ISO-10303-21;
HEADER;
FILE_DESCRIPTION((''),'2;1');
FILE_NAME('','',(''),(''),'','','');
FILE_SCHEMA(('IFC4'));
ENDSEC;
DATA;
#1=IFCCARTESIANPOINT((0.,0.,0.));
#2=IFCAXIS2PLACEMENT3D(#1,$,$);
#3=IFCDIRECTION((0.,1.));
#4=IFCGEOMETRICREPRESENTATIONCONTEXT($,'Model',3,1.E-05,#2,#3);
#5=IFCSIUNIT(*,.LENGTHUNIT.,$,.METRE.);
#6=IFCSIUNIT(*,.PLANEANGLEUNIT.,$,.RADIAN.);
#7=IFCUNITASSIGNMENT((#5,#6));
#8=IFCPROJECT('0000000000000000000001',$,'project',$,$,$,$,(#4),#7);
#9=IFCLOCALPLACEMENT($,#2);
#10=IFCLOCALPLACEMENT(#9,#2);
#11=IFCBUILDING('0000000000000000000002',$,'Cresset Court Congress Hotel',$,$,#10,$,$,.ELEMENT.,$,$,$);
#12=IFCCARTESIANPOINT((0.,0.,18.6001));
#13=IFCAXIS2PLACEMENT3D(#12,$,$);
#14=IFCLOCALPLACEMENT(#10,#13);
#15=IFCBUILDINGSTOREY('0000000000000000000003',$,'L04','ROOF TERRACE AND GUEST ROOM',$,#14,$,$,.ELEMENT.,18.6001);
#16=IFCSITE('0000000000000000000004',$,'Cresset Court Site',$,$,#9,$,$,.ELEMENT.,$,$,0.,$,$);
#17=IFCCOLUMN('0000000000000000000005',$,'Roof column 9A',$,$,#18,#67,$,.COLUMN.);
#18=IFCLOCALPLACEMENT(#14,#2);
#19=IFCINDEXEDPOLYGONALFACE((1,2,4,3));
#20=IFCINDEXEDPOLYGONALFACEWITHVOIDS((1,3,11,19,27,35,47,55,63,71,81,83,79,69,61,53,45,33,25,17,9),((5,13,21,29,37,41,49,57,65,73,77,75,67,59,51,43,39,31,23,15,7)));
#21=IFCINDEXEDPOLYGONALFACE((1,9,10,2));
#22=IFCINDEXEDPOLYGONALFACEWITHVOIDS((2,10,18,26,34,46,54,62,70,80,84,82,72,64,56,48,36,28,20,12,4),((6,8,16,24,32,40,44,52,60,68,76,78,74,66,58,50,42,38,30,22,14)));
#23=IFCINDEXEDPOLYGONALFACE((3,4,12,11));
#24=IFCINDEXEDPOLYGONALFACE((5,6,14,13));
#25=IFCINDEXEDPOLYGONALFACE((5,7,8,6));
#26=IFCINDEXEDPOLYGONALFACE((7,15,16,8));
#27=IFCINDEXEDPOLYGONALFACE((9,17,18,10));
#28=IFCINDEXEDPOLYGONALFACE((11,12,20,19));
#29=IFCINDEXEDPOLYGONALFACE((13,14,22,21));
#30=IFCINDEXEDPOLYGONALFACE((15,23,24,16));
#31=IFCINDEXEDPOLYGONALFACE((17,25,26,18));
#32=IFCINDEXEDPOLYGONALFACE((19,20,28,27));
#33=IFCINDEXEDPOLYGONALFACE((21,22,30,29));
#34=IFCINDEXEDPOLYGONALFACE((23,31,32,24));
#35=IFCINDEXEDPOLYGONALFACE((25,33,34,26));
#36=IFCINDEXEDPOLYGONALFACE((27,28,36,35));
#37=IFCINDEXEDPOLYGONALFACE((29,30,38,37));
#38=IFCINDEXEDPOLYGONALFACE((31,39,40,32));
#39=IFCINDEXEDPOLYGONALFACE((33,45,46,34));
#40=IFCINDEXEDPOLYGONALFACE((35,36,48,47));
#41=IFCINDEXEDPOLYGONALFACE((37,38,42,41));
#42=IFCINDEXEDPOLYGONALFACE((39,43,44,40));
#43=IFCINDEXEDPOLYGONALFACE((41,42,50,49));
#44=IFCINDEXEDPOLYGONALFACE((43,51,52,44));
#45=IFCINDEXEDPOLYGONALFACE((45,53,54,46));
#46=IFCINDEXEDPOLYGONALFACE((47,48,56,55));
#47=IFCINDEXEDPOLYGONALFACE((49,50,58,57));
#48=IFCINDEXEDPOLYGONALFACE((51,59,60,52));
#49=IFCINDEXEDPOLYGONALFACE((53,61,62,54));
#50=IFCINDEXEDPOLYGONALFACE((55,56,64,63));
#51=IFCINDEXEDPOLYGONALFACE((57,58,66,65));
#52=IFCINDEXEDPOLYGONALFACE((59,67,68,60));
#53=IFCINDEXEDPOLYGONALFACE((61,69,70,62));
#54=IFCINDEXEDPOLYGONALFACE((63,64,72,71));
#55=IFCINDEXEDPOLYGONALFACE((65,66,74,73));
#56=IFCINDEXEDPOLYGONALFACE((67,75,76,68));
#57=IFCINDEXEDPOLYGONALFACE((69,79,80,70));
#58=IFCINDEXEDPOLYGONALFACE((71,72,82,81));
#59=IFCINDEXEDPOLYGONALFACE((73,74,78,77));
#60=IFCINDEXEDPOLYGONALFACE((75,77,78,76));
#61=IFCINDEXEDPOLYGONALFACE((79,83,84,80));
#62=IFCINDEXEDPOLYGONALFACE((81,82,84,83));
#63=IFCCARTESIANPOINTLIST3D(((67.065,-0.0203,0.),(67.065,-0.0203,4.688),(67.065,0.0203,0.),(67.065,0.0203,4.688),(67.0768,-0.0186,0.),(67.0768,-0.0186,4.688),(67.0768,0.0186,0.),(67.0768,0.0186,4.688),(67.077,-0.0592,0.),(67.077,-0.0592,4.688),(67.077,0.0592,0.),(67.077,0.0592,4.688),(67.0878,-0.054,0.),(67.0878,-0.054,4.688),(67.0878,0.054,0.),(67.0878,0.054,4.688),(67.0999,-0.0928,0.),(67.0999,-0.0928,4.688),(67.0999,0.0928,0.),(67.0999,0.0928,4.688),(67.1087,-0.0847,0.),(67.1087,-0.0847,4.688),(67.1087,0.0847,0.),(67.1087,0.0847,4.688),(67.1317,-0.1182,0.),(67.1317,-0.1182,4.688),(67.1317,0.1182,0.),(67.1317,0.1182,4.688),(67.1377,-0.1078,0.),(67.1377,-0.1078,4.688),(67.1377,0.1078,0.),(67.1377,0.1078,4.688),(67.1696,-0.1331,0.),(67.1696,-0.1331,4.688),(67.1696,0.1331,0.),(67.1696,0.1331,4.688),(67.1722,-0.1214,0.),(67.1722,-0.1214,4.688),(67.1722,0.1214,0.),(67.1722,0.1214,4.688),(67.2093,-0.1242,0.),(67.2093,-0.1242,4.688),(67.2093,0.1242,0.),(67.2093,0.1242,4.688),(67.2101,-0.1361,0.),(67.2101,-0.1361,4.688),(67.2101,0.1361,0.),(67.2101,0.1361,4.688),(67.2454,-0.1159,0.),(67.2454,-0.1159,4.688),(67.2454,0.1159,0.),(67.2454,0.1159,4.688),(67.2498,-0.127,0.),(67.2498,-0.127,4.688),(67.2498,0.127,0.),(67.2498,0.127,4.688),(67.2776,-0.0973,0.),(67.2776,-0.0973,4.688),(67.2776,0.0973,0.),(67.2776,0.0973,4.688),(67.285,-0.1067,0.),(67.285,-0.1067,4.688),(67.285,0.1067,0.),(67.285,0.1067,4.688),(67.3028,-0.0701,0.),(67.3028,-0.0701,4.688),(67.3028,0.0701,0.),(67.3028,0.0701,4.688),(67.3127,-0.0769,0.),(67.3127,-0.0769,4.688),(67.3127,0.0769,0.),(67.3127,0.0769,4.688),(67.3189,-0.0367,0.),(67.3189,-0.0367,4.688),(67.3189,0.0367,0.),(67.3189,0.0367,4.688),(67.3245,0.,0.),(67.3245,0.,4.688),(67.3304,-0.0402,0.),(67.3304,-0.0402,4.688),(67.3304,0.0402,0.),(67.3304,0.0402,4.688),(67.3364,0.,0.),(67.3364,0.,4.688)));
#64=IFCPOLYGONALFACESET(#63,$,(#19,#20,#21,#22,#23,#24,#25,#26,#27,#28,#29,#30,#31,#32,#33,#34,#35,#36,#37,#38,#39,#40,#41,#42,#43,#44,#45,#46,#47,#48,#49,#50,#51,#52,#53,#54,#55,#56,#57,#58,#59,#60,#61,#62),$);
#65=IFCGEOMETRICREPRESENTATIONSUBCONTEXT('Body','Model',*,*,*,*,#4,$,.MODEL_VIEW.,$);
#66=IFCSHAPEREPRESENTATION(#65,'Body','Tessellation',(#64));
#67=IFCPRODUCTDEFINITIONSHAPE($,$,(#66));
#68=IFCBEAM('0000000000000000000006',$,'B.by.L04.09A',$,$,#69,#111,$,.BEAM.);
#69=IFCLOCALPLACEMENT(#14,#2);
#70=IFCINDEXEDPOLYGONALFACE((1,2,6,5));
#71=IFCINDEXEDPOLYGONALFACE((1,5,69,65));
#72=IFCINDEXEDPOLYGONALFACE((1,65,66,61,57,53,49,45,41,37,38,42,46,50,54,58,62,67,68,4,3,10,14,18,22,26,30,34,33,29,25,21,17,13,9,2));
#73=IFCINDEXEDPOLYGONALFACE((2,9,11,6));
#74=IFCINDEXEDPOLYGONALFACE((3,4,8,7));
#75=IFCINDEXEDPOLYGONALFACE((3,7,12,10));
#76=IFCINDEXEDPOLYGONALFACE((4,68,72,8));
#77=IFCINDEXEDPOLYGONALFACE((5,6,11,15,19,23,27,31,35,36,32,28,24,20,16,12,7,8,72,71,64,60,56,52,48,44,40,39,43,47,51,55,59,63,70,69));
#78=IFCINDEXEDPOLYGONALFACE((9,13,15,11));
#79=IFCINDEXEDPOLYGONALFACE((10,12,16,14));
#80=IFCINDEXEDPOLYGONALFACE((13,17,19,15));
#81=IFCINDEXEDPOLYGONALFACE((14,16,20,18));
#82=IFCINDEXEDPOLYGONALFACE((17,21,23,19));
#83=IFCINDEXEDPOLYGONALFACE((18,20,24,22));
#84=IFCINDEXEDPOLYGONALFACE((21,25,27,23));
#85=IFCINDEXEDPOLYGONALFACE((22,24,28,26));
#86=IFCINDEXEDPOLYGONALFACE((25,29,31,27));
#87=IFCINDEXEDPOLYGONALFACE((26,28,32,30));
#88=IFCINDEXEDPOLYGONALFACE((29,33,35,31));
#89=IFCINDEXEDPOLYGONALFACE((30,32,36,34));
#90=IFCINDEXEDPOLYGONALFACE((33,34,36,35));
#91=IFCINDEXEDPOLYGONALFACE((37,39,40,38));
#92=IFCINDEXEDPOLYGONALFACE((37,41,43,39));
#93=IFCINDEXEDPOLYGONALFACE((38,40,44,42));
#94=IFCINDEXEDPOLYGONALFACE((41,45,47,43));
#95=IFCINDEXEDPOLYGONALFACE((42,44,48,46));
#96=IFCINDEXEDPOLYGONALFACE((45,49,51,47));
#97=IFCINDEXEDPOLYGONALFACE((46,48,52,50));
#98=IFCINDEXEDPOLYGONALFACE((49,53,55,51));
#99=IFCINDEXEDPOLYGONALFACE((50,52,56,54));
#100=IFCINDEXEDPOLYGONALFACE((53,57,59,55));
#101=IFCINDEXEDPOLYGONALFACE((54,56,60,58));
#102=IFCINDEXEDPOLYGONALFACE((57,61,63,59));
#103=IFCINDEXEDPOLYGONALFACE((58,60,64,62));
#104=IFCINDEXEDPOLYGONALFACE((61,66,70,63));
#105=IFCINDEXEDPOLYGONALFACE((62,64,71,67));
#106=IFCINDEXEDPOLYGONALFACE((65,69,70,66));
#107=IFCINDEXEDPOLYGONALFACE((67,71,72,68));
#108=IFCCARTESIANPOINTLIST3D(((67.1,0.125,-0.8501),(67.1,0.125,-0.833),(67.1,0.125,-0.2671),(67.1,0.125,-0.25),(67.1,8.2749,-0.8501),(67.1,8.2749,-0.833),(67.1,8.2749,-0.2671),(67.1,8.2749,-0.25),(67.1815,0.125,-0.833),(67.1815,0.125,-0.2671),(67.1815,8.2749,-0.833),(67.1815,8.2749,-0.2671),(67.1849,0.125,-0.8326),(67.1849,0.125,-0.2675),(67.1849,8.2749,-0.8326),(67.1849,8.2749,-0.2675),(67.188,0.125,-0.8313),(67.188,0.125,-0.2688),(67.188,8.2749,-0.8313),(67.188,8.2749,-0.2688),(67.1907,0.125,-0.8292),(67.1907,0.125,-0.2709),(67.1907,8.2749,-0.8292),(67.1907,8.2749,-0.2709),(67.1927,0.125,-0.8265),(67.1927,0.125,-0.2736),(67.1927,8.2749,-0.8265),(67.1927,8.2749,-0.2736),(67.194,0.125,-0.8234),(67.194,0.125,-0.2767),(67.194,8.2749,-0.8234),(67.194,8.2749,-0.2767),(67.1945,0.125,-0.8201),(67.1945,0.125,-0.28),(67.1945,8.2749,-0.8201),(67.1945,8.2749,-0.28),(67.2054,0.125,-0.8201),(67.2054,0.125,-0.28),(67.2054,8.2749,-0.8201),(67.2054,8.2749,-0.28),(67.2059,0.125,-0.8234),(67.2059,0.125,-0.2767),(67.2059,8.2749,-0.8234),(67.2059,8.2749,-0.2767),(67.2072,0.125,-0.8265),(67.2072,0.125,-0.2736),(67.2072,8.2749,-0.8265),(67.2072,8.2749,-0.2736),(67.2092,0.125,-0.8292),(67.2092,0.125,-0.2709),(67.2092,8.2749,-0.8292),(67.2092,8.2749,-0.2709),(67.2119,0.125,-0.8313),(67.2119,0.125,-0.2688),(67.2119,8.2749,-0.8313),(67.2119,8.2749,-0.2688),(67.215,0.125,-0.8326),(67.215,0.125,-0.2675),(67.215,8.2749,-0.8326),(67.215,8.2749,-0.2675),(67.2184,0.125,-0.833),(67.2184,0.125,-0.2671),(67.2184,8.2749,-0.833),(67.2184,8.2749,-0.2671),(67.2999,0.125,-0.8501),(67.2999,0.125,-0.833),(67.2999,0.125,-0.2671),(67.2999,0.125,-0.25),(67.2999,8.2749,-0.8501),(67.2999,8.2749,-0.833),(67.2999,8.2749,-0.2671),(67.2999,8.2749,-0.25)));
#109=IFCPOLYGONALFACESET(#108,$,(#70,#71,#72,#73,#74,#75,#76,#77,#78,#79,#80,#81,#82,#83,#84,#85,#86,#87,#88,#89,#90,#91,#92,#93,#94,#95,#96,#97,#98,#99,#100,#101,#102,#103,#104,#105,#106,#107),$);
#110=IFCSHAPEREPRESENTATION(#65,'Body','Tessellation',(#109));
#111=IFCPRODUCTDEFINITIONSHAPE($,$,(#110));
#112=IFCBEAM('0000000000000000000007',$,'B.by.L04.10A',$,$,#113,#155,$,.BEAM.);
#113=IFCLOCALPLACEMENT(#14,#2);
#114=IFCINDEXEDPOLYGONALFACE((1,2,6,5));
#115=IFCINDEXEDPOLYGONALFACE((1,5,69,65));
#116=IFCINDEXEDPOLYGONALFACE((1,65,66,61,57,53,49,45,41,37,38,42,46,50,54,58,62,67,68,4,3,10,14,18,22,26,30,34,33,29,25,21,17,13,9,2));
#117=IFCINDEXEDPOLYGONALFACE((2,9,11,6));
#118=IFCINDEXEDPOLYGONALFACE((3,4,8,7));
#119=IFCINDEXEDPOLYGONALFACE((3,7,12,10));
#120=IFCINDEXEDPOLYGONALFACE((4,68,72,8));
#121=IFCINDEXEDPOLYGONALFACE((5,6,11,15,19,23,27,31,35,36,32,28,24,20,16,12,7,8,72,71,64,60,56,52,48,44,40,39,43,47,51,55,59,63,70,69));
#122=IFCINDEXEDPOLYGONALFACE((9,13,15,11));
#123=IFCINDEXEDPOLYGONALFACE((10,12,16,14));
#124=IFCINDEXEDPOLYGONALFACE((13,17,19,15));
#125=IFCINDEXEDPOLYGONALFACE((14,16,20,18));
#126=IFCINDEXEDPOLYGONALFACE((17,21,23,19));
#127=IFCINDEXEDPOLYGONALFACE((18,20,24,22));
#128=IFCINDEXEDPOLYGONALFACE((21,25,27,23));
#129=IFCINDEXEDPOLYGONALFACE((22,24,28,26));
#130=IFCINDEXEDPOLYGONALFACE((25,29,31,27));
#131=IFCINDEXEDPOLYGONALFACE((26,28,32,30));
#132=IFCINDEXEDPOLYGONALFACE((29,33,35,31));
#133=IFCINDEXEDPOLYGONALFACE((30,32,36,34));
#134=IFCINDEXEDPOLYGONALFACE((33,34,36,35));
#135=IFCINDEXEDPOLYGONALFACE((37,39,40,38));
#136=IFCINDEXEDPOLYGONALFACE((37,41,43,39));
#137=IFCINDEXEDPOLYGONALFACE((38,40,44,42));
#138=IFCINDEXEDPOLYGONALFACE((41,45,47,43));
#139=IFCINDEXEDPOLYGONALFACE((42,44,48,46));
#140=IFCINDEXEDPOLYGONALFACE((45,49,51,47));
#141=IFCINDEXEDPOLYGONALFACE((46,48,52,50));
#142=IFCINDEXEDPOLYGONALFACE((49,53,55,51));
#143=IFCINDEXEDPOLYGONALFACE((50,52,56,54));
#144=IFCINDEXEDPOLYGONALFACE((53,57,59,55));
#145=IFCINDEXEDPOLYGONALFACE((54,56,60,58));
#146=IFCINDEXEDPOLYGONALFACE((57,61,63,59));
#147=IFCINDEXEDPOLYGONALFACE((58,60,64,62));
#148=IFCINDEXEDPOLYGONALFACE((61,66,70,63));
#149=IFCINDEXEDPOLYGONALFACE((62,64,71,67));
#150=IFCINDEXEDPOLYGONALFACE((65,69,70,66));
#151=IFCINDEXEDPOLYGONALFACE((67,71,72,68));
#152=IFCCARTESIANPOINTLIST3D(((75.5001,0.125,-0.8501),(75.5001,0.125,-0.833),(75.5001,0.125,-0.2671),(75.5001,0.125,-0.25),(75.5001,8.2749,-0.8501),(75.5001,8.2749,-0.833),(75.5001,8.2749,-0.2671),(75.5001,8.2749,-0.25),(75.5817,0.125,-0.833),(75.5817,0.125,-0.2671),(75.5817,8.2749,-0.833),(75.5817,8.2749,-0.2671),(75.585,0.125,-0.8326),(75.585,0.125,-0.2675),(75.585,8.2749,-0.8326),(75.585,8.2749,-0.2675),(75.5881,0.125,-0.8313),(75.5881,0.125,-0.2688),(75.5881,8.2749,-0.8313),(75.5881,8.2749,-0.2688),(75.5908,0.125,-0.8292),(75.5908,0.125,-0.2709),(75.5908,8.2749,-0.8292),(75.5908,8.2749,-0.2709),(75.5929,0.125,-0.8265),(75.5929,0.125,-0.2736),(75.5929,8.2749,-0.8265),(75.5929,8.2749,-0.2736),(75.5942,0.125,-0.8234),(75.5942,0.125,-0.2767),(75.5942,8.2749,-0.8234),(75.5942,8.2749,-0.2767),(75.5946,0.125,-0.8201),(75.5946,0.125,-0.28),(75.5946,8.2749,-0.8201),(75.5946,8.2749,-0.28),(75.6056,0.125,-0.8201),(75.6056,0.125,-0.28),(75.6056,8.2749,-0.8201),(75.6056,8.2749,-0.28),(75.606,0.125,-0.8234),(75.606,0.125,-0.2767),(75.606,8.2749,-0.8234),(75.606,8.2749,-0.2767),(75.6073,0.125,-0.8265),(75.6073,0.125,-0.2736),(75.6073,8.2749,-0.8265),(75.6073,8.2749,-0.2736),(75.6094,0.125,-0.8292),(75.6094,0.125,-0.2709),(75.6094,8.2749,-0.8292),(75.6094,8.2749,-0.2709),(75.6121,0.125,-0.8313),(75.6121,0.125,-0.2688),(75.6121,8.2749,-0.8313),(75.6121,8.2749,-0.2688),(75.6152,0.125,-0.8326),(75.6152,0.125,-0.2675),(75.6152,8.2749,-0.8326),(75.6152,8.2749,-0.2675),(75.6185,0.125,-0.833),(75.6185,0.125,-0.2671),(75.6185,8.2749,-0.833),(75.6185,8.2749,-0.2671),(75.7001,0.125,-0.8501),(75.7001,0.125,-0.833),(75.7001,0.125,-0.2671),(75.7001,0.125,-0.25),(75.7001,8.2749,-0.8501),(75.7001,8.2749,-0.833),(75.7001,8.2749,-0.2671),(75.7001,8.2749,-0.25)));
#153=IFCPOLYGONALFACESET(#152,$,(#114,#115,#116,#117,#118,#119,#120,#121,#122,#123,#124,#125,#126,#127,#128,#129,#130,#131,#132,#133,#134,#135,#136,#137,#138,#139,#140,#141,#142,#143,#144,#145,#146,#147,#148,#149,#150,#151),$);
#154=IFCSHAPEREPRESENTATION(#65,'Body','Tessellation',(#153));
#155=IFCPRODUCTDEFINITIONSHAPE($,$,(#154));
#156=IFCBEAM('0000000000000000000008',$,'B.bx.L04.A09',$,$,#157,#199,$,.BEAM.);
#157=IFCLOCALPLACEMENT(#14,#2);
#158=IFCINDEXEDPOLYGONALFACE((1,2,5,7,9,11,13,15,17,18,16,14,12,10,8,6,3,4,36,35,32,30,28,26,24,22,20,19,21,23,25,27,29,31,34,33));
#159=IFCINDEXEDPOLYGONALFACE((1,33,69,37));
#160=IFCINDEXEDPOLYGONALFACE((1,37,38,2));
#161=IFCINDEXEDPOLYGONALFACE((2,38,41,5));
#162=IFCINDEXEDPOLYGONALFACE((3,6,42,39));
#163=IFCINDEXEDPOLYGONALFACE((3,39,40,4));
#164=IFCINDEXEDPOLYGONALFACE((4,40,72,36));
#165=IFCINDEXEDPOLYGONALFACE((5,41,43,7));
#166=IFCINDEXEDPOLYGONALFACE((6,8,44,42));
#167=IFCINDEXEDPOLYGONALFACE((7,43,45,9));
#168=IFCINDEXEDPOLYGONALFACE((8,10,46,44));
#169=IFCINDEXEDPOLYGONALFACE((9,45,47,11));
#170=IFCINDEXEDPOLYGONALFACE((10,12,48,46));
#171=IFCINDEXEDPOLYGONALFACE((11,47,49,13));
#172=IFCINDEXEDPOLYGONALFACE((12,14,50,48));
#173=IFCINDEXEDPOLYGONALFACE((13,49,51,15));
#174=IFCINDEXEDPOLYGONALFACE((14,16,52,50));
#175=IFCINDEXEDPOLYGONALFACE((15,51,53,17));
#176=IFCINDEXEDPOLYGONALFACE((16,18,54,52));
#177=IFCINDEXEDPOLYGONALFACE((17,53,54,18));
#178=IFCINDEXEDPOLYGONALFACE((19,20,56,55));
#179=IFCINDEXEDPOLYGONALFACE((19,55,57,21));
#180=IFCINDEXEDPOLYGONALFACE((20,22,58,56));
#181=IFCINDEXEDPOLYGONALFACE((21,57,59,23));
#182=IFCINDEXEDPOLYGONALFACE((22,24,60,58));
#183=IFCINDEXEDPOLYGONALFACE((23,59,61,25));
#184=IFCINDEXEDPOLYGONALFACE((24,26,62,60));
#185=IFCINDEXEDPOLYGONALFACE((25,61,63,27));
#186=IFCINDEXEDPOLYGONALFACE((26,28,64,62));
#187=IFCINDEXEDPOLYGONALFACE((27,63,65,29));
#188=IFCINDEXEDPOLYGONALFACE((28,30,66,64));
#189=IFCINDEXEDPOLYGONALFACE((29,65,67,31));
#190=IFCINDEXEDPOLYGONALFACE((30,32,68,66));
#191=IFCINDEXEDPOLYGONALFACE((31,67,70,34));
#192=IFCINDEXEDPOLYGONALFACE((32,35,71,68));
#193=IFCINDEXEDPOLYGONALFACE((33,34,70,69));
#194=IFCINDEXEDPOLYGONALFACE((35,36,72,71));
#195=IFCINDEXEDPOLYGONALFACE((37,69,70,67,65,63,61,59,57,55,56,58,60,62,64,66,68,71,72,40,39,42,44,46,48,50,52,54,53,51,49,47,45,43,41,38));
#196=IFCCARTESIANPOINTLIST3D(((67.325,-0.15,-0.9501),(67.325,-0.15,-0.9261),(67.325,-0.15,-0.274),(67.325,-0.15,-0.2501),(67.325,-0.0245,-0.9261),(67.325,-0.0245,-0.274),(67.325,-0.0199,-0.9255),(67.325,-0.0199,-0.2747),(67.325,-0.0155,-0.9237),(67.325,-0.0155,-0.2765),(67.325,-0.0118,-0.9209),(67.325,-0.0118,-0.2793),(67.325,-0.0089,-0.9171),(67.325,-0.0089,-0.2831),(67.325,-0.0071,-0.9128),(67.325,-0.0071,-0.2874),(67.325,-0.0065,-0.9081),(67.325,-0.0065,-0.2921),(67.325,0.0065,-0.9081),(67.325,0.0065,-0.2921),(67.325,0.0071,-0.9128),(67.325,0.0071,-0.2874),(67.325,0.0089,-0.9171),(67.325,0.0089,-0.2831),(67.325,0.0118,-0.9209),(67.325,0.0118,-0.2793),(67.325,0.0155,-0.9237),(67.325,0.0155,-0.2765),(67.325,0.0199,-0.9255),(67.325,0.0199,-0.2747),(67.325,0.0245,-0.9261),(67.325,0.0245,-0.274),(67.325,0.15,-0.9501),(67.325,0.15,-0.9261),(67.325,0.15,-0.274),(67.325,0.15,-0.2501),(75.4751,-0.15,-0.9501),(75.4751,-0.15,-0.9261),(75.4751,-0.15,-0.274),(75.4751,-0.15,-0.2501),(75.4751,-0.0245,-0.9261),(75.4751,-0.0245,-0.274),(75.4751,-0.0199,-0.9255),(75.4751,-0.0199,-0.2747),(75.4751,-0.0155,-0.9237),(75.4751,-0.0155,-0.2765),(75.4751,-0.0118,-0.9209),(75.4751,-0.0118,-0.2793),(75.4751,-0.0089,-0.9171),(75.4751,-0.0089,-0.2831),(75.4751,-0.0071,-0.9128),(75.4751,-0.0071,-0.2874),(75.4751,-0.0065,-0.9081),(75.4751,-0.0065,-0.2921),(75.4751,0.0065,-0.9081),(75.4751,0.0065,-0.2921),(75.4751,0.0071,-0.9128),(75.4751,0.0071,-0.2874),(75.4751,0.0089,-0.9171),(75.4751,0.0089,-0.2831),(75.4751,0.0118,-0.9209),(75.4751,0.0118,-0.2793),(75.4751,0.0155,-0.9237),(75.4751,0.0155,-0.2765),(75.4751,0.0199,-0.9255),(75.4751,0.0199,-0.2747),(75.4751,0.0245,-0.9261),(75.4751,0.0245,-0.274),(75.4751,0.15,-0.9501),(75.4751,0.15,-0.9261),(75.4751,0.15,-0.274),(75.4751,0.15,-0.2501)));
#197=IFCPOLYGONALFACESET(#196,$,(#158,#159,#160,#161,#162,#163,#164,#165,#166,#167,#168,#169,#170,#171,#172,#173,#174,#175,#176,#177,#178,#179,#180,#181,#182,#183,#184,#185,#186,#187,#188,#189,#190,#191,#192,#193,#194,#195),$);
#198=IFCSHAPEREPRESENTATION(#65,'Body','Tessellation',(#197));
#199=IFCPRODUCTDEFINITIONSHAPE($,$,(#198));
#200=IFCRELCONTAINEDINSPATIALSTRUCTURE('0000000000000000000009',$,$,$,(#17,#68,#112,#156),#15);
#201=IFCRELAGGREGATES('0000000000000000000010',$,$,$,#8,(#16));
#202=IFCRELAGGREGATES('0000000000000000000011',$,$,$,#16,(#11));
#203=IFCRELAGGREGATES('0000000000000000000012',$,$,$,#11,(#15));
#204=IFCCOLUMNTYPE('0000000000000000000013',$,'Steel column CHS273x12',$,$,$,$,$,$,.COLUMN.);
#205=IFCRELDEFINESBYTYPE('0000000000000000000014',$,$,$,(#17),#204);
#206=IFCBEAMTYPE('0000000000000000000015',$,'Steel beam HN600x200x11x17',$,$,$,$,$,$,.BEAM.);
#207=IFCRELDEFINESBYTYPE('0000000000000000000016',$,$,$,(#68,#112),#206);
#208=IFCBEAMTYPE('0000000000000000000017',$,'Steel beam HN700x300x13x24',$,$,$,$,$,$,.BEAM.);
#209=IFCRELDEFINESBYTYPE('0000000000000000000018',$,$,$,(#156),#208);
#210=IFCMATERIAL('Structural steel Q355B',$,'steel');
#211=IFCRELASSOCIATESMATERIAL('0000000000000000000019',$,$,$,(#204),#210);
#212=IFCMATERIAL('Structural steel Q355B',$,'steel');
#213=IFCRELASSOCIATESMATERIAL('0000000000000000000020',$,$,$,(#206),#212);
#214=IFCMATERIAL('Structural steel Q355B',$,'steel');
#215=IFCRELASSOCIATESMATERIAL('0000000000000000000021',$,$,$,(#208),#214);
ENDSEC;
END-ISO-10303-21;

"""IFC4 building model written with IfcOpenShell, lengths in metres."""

from ifc_helpers import new_model, si_unit, direction, frame, origin, origin_2d, place, context, subcontext, project, spatial, hollow_circle, i_section, extrude, material, material_profile, profile_set, type_object, element, save


model = new_model("IFC4")

# Units and contexts
model_context = context("Model", 3, precision=1e-05, world=origin(), true_north=direction((0.0, 1.0)))
body_context = subcontext(model_context, "Body", "Model", "MODEL_VIEW")
ifc_project = project(units=[si_unit("LENGTHUNIT", "METRE"), si_unit("PLANEANGLEUNIT", "RADIAN")], contexts=[model_context])

# Site, building, storey
site_placement = place(None, origin())
site = spatial("IfcSite", under=ifc_project, at=site_placement, Name="Cresset Court Site", CompositionType="ELEMENT", RefElevation=0.0)
building_placement = place(site_placement, origin())
building = spatial("IfcBuilding", under=site, at=building_placement, Name="Cresset Court Congress Hotel", CompositionType="ELEMENT")
storey_placement = place(building_placement, frame((0.0, 0.0, 18.6001)))
storey = spatial("IfcBuildingStorey", under=building, at=storey_placement, Name="L04", Description="ROOF TERRACE AND GUEST ROOM", CompositionType="ELEMENT", Elevation=18.6001)

# Column
ifc_material_1 = material(Name="Structural steel Q355B", Category="steel")
ifc_material_profile_1 = material_profile(ifc_material_1, hollow_circle(Radius=0.1365, WallThickness=0.012, at=origin_2d()), Name="CHS273x12")
ifc_profile_set_1 = profile_set([ifc_material_profile_1], Name="Structural steel Q355B")
column_type = type_object("IfcColumnType", Name="Steel column CHS273x12", PredefinedType="COLUMN", material=ifc_profile_set_1)
column_placement = place(storey_placement, frame((67.2, 0.0, 0.0), z_axis=(0.0, 0.0, 1.0), x_axis=(1.0, 0.0, 0.0)))
element("IfcColumn", 1, at=column_placement, inside=storey, type_object=column_type, Name="Roof column 9A", PredefinedType="COLUMN", context=body_context, shape_type="SweptSolid", body=[
    extrude(hollow_circle(Radius=0.1365, WallThickness=0.012, at=origin_2d()), origin(), (0.0, 0.0, 1.0), 4.688),
])

# Beams
ifc_material_2 = material(Name="Structural steel Q355B", Category="steel")
ifc_material_profile_2 = material_profile(ifc_material_2, i_section(OverallWidth=0.2, OverallDepth=0.6001, WebThickness=0.011, FlangeThickness=0.0171, FilletRadius=0.0129, at=origin_2d()), Name="HN600x200x11x17")
ifc_profile_set_2 = profile_set([ifc_material_profile_2], Name="Structural steel Q355B")
beam_type_1 = type_object("IfcBeamType", Name="Steel beam HN600x200x11x17", PredefinedType="BEAM", material=ifc_profile_set_2)
for number, where, z_axis, x_axis, name in (
    (2, (67.2, 0.125, -0.55), (0.0, 1.0, 0.0), (-1.0, 0.0, 0.0), "B.by.L04.09A"),
    (3, (75.6001, 0.125, -0.55), (0.0, 1.0, 0.0), (-1.0, 0.0, 0.0), "B.by.L04.10A"),
):
    element("IfcBeam", number, at=place(storey_placement, frame(where, z_axis=z_axis, x_axis=x_axis)), inside=storey, type_object=beam_type_1, Name=name, PredefinedType="BEAM", context=body_context, shape_type="SweptSolid", body=[
        extrude(i_section(OverallWidth=0.2, OverallDepth=0.6001, WebThickness=0.011, FlangeThickness=0.0171, FilletRadius=0.0129, at=origin_2d()), origin(), (0.0, 0.0, 1.0), 8.1499),
    ])
ifc_material_3 = material(Name="Structural steel Q355B", Category="steel")
ifc_material_profile_3 = material_profile(ifc_material_3, i_section(OverallWidth=0.3, OverallDepth=0.7, WebThickness=0.0129, FlangeThickness=0.0239, FilletRadius=0.0181, at=origin_2d()), Name="HN700x300x13x24")
ifc_profile_set_3 = profile_set([ifc_material_profile_3], Name="Structural steel Q355B")
beam_type_2 = type_object("IfcBeamType", Name="Steel beam HN700x300x13x24", PredefinedType="BEAM", material=ifc_profile_set_3)
beam_placement = place(storey_placement, frame((67.325, 0.0, -0.6001), z_axis=(1.0, 0.0, 0.0), x_axis=(0.0, 1.0, 0.0)))
element("IfcBeam", 4, at=beam_placement, inside=storey, type_object=beam_type_2, Name="B.bx.L04.A09", PredefinedType="BEAM", context=body_context, shape_type="SweptSolid", body=[
    extrude(i_section(OverallWidth=0.3, OverallDepth=0.7, WebThickness=0.0129, FlangeThickness=0.0239, FilletRadius=0.0181, at=origin_2d()), origin(), (0.0, 0.0, 1.0), 8.1501),
])

save(model, "model.ifc")
